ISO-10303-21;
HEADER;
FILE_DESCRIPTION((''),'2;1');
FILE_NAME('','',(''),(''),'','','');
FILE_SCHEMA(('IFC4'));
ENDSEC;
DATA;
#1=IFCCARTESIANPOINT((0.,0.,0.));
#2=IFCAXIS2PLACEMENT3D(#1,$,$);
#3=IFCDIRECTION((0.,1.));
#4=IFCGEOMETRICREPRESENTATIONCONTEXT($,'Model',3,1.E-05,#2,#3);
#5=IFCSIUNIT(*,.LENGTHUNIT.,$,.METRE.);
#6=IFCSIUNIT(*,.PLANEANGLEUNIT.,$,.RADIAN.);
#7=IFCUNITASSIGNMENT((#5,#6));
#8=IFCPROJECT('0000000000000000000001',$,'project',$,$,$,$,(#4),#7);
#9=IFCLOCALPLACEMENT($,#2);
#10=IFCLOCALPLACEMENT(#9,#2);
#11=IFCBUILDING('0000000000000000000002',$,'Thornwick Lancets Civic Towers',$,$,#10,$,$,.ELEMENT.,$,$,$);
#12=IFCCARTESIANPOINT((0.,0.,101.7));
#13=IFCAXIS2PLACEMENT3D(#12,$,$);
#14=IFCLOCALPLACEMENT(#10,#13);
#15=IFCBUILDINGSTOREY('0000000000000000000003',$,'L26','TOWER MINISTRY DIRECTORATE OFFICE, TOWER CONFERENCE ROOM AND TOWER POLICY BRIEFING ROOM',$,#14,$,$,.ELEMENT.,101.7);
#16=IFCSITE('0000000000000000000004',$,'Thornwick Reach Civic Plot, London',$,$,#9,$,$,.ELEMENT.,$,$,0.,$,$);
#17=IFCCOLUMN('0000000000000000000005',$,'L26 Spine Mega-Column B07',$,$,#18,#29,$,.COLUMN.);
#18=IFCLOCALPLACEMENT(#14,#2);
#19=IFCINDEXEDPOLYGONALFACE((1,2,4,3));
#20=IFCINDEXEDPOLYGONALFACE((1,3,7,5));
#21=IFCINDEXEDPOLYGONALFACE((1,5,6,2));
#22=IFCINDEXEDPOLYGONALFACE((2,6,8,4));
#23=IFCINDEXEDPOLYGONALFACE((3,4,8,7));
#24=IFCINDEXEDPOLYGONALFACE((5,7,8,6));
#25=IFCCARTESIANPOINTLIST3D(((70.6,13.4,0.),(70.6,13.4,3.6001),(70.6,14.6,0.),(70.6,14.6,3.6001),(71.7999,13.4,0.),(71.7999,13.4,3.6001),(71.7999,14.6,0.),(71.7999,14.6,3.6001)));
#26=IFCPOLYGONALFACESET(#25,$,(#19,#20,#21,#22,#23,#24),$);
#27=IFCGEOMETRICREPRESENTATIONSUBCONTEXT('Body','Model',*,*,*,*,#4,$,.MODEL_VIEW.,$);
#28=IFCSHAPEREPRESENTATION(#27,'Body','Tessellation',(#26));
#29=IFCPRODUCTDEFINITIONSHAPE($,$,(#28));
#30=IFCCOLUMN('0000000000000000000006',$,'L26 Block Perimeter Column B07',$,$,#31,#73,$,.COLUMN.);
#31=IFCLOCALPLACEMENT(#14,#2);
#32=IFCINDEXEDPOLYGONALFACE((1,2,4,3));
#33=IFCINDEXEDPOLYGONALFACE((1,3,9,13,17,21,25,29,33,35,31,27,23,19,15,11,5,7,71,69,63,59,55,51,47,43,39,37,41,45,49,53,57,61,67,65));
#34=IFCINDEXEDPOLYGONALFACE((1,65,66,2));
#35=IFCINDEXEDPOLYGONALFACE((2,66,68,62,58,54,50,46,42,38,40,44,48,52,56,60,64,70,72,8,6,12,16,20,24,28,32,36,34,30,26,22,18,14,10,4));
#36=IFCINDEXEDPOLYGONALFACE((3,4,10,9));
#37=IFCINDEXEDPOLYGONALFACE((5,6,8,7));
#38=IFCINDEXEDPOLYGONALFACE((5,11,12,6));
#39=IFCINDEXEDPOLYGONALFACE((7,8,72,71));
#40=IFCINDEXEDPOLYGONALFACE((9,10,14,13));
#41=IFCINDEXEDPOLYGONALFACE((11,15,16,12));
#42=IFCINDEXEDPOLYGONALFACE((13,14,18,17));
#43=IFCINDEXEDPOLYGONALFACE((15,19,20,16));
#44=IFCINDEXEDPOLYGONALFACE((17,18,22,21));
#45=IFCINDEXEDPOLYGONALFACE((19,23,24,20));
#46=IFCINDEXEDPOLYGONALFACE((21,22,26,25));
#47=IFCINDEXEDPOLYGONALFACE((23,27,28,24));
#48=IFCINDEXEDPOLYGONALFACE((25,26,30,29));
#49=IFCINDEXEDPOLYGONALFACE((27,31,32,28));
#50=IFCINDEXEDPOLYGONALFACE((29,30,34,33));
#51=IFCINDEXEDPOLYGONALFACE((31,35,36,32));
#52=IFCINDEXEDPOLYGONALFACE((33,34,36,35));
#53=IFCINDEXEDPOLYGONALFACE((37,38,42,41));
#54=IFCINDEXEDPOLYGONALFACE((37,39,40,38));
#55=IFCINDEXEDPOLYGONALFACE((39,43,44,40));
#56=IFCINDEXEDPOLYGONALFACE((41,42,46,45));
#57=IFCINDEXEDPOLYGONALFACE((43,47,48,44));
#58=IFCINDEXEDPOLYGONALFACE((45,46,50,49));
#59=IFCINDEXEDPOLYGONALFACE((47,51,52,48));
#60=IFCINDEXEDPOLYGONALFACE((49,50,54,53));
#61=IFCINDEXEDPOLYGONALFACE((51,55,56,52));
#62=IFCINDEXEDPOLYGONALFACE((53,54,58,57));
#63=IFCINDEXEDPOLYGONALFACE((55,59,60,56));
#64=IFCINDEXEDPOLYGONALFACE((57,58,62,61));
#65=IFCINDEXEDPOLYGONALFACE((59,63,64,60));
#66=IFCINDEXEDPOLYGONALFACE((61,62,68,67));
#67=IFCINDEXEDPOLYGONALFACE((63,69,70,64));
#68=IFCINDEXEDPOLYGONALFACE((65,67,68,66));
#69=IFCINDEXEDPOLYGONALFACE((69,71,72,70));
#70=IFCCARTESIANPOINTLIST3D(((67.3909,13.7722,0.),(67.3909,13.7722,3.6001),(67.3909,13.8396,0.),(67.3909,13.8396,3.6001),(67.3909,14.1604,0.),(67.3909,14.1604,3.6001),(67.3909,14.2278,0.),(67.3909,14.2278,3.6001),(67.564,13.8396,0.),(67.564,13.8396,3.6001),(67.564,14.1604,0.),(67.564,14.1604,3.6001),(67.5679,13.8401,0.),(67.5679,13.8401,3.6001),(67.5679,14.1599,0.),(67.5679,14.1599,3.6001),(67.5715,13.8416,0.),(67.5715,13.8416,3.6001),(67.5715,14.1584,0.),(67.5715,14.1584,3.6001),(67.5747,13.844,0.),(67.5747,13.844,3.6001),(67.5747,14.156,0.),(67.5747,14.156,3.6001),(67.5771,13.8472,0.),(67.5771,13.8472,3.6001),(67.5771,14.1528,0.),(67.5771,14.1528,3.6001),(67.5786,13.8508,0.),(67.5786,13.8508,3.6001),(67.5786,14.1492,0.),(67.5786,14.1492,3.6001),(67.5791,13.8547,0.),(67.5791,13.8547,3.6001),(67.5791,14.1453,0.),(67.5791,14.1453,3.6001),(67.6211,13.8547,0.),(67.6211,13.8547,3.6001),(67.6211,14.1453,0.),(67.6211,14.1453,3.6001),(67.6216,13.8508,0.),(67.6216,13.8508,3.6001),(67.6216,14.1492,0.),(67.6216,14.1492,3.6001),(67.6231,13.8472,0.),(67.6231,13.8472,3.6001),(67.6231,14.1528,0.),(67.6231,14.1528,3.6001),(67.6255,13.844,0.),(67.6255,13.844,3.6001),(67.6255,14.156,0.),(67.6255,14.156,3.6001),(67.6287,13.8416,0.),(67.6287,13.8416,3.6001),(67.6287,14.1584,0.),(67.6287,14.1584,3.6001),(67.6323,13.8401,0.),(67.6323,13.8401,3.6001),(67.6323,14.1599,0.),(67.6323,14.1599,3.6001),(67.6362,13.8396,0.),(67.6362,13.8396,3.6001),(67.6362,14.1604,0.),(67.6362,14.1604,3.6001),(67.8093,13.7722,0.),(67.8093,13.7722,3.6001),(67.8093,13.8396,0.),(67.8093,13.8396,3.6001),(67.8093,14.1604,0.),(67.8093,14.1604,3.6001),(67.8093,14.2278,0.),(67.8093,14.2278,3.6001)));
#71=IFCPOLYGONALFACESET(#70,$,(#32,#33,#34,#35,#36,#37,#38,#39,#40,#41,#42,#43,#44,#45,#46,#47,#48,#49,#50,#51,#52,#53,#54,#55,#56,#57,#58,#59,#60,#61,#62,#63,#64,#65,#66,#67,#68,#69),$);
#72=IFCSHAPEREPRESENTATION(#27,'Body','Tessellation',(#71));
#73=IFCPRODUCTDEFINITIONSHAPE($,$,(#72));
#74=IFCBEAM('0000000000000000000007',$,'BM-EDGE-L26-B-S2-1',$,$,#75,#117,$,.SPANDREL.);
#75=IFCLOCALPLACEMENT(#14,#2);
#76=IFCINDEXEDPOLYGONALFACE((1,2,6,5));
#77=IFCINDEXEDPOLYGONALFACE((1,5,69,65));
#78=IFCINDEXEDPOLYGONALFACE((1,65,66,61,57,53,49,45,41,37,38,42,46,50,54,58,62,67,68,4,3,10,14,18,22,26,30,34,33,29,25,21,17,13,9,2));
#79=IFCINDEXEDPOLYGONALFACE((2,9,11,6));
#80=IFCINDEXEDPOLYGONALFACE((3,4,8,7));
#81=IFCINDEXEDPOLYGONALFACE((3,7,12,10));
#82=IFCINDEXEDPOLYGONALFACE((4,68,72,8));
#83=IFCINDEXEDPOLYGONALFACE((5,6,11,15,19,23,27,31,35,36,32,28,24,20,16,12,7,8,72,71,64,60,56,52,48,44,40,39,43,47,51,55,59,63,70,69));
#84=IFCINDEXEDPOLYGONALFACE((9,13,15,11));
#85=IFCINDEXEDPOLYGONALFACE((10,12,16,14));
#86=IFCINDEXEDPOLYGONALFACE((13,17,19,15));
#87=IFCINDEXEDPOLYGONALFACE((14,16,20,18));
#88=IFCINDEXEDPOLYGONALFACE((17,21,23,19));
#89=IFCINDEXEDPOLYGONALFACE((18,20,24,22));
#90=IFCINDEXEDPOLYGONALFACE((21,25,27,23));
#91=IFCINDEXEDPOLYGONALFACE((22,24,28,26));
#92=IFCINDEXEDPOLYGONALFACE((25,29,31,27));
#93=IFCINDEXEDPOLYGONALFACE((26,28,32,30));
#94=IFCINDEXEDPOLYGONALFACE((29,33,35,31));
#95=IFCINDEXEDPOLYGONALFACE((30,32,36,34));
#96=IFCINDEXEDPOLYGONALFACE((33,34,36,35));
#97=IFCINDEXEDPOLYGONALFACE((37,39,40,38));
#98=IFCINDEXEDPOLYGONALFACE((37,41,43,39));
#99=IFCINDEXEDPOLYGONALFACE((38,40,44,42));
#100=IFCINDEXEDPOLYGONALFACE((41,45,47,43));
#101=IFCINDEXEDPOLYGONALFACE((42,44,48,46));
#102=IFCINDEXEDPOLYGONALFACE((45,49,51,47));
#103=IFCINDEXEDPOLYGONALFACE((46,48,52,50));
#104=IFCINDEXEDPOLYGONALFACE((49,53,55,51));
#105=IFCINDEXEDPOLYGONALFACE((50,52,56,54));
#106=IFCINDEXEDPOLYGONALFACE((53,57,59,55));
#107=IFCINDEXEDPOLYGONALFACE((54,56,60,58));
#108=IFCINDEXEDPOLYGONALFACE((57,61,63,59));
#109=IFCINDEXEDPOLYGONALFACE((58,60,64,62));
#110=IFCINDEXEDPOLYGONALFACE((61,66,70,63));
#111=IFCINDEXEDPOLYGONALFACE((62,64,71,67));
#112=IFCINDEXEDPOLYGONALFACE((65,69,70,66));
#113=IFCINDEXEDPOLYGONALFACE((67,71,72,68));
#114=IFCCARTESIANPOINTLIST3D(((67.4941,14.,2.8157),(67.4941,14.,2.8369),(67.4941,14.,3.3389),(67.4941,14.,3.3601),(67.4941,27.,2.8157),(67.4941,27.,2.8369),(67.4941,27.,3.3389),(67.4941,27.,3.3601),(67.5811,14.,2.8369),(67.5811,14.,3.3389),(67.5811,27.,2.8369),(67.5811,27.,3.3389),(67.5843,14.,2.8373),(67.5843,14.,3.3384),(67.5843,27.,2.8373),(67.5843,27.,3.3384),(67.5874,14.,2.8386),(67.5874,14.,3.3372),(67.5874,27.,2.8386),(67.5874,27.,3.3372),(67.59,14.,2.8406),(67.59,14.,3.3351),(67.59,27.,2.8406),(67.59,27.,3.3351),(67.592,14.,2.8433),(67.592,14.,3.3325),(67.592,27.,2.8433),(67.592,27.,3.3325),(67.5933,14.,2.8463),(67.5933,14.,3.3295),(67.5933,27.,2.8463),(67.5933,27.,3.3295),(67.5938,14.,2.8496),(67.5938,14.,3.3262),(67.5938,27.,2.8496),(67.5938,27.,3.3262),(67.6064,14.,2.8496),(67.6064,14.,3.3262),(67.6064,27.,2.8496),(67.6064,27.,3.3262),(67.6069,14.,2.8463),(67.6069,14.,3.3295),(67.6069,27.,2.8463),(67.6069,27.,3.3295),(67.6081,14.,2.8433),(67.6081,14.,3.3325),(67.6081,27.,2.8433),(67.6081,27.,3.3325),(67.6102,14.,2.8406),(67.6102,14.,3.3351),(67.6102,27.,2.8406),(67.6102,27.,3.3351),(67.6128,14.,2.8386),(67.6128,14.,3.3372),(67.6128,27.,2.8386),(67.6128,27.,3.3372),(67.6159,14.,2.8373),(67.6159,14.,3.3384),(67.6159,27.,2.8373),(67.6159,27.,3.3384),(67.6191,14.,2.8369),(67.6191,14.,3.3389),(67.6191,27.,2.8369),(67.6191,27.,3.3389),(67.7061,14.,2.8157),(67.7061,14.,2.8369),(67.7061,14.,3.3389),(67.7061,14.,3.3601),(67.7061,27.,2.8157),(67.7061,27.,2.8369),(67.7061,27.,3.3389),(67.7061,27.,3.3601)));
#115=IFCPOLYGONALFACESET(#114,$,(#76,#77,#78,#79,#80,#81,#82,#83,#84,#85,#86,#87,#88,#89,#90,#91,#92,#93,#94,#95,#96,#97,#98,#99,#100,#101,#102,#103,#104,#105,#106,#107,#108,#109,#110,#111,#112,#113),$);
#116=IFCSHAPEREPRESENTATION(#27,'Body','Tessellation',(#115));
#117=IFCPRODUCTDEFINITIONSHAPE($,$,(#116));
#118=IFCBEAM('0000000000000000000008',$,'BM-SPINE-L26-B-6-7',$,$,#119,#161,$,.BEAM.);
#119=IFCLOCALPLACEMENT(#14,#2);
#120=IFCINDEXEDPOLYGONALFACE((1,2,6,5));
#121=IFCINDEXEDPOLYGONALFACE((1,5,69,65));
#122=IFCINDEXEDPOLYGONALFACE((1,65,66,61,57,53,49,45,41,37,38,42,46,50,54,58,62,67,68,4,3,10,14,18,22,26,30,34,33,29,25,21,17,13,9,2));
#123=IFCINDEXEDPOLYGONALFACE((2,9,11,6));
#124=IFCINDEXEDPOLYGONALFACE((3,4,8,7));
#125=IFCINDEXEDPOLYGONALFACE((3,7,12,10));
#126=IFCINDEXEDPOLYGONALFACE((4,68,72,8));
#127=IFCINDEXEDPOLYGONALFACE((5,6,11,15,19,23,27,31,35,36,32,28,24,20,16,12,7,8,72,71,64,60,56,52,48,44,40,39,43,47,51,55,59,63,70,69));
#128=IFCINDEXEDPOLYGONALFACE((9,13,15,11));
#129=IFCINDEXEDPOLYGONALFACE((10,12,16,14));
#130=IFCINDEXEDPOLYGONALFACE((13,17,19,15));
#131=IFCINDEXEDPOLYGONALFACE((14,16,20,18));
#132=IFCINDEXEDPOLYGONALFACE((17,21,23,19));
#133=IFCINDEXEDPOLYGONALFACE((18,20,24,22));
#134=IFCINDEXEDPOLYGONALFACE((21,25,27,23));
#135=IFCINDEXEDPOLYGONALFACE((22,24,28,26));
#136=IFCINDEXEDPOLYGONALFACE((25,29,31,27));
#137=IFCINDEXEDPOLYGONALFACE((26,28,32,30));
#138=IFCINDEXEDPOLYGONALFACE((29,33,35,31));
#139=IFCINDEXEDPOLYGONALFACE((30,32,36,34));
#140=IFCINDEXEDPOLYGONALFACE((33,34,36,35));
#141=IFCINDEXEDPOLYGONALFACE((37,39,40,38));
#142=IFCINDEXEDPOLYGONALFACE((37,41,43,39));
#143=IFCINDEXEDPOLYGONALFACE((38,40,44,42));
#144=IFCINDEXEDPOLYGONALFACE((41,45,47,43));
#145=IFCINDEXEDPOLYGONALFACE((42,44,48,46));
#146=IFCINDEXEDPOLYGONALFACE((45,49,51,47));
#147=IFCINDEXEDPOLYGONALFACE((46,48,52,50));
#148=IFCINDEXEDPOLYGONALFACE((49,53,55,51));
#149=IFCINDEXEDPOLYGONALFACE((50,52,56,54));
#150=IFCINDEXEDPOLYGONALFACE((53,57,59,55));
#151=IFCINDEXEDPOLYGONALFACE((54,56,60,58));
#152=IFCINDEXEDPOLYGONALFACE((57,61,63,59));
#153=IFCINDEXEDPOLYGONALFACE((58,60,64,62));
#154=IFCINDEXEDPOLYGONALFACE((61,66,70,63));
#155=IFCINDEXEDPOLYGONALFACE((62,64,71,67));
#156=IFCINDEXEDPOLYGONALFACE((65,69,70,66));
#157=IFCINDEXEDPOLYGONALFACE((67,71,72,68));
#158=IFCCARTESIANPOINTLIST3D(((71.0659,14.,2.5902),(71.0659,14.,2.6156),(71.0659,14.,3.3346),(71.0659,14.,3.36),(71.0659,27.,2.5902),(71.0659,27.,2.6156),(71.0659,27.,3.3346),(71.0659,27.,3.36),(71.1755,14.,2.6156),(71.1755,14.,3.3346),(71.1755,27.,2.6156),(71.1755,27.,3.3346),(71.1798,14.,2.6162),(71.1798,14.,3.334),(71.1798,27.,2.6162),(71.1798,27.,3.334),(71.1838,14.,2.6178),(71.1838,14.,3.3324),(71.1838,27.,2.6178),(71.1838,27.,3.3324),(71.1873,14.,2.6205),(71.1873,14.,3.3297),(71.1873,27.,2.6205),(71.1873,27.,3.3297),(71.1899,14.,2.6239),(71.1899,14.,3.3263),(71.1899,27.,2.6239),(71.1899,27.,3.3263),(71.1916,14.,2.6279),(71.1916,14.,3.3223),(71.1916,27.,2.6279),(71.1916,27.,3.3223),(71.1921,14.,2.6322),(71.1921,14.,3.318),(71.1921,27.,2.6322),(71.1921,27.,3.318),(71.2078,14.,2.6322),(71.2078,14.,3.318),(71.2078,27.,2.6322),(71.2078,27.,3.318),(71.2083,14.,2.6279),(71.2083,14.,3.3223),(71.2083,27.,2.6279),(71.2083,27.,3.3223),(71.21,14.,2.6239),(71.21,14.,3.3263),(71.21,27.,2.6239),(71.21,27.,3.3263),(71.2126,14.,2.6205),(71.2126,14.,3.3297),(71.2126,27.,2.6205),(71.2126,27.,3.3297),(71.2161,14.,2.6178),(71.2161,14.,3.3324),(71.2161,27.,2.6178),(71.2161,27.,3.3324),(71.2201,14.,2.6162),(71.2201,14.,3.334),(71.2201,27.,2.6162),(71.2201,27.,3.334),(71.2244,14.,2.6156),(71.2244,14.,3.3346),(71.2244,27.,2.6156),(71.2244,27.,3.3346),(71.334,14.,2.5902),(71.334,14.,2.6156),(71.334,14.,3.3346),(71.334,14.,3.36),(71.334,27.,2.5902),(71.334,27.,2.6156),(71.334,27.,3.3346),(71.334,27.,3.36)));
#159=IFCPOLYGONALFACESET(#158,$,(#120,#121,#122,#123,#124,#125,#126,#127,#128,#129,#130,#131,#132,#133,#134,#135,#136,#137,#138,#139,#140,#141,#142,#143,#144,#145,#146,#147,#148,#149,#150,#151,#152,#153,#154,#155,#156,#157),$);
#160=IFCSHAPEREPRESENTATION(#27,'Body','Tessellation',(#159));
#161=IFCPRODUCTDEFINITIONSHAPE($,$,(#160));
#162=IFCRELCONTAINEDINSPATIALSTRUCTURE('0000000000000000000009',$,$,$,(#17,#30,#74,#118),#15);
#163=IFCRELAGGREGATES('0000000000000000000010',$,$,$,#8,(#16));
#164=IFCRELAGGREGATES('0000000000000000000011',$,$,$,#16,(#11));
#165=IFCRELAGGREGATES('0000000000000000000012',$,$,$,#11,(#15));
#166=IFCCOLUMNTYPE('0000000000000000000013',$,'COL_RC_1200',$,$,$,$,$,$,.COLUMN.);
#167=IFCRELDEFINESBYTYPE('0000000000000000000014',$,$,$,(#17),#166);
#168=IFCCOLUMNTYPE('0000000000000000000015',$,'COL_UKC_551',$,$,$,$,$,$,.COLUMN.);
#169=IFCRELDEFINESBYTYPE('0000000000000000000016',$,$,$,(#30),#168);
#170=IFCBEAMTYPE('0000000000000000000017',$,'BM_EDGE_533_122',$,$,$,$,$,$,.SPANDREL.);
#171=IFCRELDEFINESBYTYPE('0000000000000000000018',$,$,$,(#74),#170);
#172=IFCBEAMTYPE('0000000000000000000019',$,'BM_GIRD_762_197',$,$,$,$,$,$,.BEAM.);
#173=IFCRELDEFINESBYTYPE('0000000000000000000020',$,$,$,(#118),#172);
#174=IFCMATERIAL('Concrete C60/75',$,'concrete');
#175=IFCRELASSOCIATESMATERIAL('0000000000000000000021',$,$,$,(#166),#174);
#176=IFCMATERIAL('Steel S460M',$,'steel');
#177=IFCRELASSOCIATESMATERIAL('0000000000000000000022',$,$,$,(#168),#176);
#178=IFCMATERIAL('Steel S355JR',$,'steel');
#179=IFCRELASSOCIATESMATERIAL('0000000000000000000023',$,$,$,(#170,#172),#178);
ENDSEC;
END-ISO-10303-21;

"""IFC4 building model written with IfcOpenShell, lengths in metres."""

from ifc_helpers import new_model, si_unit, direction, frame, origin, origin_2d, place, context, subcontext, project, spatial, rectangle, i_section, extrude, material, material_profile, profile_set, type_object, element, save


model = new_model("IFC4")

# Units and contexts
model_context = context("Model", 3, precision=1e-05, world=origin(), true_north=direction((0.0, 1.0)))
body_context = subcontext(model_context, "Body", "Model", "MODEL_VIEW")
ifc_project = project(units=[si_unit("LENGTHUNIT", "METRE"), si_unit("PLANEANGLEUNIT", "RADIAN")], contexts=[model_context])

# Site, building, storey
site_placement = place(None, origin())
site = spatial("IfcSite", under=ifc_project, at=site_placement, Name="Thornwick Reach Civic Plot, London", CompositionType="ELEMENT", RefElevation=0.0)
building_placement = place(site_placement, origin())
building = spatial("IfcBuilding", under=site, at=building_placement, Name="Thornwick Lancets Civic Towers", CompositionType="ELEMENT")
storey_placement = place(building_placement, frame((0.0, 0.0, 101.7)))
storey = spatial("IfcBuildingStorey", under=building, at=storey_placement, Name="L26", Description="TOWER MINISTRY DIRECTORATE OFFICE, TOWER CONFERENCE ROOM AND TOWER POLICY BRIEFING ROOM", CompositionType="ELEMENT", Elevation=101.7)

# Columns
ifc_material_1 = material(Name="Concrete C60/75", Category="concrete")
ifc_material_profile_1 = material_profile(ifc_material_1, rectangle(XDim=1.2, YDim=1.2, at=origin_2d()), Name="RC 1200x1200")
ifc_profile_set_1 = profile_set([ifc_material_profile_1], Name="Concrete C60/75")
column_type_1 = type_object("IfcColumnType", Name="COL_RC_1200", PredefinedType="COLUMN", material=ifc_profile_set_1)
column_1_placement = place(storey_placement, frame((71.2, 14.0, 0.0), z_axis=(0.0, 0.0, 1.0), x_axis=(1.0, 0.0, 0.0)))
element("IfcColumn", 1, at=column_1_placement, inside=storey, type_object=column_type_1, Name="L26 Spine Mega-Column B07", PredefinedType="COLUMN", context=body_context, shape_type="SweptSolid", body=[
    extrude(rectangle(XDim=1.2, YDim=1.2, at=origin_2d()), origin(), (0.0, 0.0, 1.0), 3.6001),
])
ifc_material_2 = material(Name="Steel S460M", Category="steel")
ifc_material_profile_2 = material_profile(ifc_material_2, i_section(OverallWidth=0.4185, OverallDepth=0.4556, WebThickness=0.042, FlangeThickness=0.0674, FilletRadius=0.0151, at=origin_2d()), Name="UKC 356x406x551")
ifc_profile_set_2 = profile_set([ifc_material_profile_2], Name="Steel S460M")
column_type_2 = type_object("IfcColumnType", Name="COL_UKC_551", PredefinedType="COLUMN", material=ifc_profile_set_2)
column_2_placement = place(storey_placement, frame((67.6001, 14.0, 0.0), z_axis=(0.0, 0.0, 1.0), x_axis=(1.0, 0.0, 0.0)))
element("IfcColumn", 2, at=column_2_placement, inside=storey, type_object=column_type_2, Name="L26 Block Perimeter Column B07", PredefinedType="COLUMN", context=body_context, shape_type="SweptSolid", body=[
    extrude(i_section(OverallWidth=0.4185, OverallDepth=0.4556, WebThickness=0.042, FlangeThickness=0.0674, FilletRadius=0.0151, at=origin_2d()), origin(), (0.0, 0.0, 1.0), 3.6001),
])

# Beams
ifc_material_3 = material(Name="Steel S355JR", Category="steel")
ifc_material_profile_3 = material_profile(ifc_material_3, i_section(OverallWidth=0.2119, OverallDepth=0.5444, WebThickness=0.0127, FlangeThickness=0.0212, FilletRadius=0.0127, at=origin_2d()), Name="UKB 533x210x122")
ifc_profile_set_3 = profile_set([ifc_material_profile_3], Name="Steel S355JR")
beam_type_1 = type_object("IfcBeamType", Name="BM_EDGE_533_122", PredefinedType="SPANDREL", material=ifc_profile_set_3)
beam_1_placement = place(storey_placement, frame((67.6001, 14.0, 3.0879), z_axis=(0.0, 1.0, 0.0), x_axis=(-1.0, 0.0, 0.0)))
element("IfcBeam", 3, at=beam_1_placement, inside=storey, type_object=beam_type_1, Name="BM-EDGE-L26-B-S2-1", PredefinedType="SPANDREL", context=body_context, shape_type="SweptSolid", body=[
    extrude(i_section(OverallWidth=0.2119, OverallDepth=0.5444, WebThickness=0.0127, FlangeThickness=0.0212, FilletRadius=0.0127, at=origin_2d()), origin(), (0.0, 0.0, 1.0), 13.0),
])
ifc_material_profile_4 = material_profile(ifc_material_3, i_section(OverallWidth=0.2681, OverallDepth=0.7698, WebThickness=0.0156, FlangeThickness=0.0254, FilletRadius=0.0166, at=origin_2d()), Name="UKB 762x267x197")
ifc_profile_set_4 = profile_set([ifc_material_profile_4], Name="Steel S355JR")
beam_type_2 = type_object("IfcBeamType", Name="BM_GIRD_762_197", PredefinedType="BEAM", material=ifc_profile_set_4)
beam_2_placement = place(storey_placement, frame((71.2, 14.0, 2.9751), z_axis=(0.0, 1.0, 0.0), x_axis=(-1.0, 0.0, 0.0)))
element("IfcBeam", 4, at=beam_2_placement, inside=storey, type_object=beam_type_2, Name="BM-SPINE-L26-B-6-7", PredefinedType="BEAM", context=body_context, shape_type="SweptSolid", body=[
    extrude(i_section(OverallWidth=0.2681, OverallDepth=0.7698, WebThickness=0.0156, FlangeThickness=0.0254, FilletRadius=0.0166, at=origin_2d()), origin(), (0.0, 0.0, 1.0), 13.0),
])

save(model, "model.ifc")
